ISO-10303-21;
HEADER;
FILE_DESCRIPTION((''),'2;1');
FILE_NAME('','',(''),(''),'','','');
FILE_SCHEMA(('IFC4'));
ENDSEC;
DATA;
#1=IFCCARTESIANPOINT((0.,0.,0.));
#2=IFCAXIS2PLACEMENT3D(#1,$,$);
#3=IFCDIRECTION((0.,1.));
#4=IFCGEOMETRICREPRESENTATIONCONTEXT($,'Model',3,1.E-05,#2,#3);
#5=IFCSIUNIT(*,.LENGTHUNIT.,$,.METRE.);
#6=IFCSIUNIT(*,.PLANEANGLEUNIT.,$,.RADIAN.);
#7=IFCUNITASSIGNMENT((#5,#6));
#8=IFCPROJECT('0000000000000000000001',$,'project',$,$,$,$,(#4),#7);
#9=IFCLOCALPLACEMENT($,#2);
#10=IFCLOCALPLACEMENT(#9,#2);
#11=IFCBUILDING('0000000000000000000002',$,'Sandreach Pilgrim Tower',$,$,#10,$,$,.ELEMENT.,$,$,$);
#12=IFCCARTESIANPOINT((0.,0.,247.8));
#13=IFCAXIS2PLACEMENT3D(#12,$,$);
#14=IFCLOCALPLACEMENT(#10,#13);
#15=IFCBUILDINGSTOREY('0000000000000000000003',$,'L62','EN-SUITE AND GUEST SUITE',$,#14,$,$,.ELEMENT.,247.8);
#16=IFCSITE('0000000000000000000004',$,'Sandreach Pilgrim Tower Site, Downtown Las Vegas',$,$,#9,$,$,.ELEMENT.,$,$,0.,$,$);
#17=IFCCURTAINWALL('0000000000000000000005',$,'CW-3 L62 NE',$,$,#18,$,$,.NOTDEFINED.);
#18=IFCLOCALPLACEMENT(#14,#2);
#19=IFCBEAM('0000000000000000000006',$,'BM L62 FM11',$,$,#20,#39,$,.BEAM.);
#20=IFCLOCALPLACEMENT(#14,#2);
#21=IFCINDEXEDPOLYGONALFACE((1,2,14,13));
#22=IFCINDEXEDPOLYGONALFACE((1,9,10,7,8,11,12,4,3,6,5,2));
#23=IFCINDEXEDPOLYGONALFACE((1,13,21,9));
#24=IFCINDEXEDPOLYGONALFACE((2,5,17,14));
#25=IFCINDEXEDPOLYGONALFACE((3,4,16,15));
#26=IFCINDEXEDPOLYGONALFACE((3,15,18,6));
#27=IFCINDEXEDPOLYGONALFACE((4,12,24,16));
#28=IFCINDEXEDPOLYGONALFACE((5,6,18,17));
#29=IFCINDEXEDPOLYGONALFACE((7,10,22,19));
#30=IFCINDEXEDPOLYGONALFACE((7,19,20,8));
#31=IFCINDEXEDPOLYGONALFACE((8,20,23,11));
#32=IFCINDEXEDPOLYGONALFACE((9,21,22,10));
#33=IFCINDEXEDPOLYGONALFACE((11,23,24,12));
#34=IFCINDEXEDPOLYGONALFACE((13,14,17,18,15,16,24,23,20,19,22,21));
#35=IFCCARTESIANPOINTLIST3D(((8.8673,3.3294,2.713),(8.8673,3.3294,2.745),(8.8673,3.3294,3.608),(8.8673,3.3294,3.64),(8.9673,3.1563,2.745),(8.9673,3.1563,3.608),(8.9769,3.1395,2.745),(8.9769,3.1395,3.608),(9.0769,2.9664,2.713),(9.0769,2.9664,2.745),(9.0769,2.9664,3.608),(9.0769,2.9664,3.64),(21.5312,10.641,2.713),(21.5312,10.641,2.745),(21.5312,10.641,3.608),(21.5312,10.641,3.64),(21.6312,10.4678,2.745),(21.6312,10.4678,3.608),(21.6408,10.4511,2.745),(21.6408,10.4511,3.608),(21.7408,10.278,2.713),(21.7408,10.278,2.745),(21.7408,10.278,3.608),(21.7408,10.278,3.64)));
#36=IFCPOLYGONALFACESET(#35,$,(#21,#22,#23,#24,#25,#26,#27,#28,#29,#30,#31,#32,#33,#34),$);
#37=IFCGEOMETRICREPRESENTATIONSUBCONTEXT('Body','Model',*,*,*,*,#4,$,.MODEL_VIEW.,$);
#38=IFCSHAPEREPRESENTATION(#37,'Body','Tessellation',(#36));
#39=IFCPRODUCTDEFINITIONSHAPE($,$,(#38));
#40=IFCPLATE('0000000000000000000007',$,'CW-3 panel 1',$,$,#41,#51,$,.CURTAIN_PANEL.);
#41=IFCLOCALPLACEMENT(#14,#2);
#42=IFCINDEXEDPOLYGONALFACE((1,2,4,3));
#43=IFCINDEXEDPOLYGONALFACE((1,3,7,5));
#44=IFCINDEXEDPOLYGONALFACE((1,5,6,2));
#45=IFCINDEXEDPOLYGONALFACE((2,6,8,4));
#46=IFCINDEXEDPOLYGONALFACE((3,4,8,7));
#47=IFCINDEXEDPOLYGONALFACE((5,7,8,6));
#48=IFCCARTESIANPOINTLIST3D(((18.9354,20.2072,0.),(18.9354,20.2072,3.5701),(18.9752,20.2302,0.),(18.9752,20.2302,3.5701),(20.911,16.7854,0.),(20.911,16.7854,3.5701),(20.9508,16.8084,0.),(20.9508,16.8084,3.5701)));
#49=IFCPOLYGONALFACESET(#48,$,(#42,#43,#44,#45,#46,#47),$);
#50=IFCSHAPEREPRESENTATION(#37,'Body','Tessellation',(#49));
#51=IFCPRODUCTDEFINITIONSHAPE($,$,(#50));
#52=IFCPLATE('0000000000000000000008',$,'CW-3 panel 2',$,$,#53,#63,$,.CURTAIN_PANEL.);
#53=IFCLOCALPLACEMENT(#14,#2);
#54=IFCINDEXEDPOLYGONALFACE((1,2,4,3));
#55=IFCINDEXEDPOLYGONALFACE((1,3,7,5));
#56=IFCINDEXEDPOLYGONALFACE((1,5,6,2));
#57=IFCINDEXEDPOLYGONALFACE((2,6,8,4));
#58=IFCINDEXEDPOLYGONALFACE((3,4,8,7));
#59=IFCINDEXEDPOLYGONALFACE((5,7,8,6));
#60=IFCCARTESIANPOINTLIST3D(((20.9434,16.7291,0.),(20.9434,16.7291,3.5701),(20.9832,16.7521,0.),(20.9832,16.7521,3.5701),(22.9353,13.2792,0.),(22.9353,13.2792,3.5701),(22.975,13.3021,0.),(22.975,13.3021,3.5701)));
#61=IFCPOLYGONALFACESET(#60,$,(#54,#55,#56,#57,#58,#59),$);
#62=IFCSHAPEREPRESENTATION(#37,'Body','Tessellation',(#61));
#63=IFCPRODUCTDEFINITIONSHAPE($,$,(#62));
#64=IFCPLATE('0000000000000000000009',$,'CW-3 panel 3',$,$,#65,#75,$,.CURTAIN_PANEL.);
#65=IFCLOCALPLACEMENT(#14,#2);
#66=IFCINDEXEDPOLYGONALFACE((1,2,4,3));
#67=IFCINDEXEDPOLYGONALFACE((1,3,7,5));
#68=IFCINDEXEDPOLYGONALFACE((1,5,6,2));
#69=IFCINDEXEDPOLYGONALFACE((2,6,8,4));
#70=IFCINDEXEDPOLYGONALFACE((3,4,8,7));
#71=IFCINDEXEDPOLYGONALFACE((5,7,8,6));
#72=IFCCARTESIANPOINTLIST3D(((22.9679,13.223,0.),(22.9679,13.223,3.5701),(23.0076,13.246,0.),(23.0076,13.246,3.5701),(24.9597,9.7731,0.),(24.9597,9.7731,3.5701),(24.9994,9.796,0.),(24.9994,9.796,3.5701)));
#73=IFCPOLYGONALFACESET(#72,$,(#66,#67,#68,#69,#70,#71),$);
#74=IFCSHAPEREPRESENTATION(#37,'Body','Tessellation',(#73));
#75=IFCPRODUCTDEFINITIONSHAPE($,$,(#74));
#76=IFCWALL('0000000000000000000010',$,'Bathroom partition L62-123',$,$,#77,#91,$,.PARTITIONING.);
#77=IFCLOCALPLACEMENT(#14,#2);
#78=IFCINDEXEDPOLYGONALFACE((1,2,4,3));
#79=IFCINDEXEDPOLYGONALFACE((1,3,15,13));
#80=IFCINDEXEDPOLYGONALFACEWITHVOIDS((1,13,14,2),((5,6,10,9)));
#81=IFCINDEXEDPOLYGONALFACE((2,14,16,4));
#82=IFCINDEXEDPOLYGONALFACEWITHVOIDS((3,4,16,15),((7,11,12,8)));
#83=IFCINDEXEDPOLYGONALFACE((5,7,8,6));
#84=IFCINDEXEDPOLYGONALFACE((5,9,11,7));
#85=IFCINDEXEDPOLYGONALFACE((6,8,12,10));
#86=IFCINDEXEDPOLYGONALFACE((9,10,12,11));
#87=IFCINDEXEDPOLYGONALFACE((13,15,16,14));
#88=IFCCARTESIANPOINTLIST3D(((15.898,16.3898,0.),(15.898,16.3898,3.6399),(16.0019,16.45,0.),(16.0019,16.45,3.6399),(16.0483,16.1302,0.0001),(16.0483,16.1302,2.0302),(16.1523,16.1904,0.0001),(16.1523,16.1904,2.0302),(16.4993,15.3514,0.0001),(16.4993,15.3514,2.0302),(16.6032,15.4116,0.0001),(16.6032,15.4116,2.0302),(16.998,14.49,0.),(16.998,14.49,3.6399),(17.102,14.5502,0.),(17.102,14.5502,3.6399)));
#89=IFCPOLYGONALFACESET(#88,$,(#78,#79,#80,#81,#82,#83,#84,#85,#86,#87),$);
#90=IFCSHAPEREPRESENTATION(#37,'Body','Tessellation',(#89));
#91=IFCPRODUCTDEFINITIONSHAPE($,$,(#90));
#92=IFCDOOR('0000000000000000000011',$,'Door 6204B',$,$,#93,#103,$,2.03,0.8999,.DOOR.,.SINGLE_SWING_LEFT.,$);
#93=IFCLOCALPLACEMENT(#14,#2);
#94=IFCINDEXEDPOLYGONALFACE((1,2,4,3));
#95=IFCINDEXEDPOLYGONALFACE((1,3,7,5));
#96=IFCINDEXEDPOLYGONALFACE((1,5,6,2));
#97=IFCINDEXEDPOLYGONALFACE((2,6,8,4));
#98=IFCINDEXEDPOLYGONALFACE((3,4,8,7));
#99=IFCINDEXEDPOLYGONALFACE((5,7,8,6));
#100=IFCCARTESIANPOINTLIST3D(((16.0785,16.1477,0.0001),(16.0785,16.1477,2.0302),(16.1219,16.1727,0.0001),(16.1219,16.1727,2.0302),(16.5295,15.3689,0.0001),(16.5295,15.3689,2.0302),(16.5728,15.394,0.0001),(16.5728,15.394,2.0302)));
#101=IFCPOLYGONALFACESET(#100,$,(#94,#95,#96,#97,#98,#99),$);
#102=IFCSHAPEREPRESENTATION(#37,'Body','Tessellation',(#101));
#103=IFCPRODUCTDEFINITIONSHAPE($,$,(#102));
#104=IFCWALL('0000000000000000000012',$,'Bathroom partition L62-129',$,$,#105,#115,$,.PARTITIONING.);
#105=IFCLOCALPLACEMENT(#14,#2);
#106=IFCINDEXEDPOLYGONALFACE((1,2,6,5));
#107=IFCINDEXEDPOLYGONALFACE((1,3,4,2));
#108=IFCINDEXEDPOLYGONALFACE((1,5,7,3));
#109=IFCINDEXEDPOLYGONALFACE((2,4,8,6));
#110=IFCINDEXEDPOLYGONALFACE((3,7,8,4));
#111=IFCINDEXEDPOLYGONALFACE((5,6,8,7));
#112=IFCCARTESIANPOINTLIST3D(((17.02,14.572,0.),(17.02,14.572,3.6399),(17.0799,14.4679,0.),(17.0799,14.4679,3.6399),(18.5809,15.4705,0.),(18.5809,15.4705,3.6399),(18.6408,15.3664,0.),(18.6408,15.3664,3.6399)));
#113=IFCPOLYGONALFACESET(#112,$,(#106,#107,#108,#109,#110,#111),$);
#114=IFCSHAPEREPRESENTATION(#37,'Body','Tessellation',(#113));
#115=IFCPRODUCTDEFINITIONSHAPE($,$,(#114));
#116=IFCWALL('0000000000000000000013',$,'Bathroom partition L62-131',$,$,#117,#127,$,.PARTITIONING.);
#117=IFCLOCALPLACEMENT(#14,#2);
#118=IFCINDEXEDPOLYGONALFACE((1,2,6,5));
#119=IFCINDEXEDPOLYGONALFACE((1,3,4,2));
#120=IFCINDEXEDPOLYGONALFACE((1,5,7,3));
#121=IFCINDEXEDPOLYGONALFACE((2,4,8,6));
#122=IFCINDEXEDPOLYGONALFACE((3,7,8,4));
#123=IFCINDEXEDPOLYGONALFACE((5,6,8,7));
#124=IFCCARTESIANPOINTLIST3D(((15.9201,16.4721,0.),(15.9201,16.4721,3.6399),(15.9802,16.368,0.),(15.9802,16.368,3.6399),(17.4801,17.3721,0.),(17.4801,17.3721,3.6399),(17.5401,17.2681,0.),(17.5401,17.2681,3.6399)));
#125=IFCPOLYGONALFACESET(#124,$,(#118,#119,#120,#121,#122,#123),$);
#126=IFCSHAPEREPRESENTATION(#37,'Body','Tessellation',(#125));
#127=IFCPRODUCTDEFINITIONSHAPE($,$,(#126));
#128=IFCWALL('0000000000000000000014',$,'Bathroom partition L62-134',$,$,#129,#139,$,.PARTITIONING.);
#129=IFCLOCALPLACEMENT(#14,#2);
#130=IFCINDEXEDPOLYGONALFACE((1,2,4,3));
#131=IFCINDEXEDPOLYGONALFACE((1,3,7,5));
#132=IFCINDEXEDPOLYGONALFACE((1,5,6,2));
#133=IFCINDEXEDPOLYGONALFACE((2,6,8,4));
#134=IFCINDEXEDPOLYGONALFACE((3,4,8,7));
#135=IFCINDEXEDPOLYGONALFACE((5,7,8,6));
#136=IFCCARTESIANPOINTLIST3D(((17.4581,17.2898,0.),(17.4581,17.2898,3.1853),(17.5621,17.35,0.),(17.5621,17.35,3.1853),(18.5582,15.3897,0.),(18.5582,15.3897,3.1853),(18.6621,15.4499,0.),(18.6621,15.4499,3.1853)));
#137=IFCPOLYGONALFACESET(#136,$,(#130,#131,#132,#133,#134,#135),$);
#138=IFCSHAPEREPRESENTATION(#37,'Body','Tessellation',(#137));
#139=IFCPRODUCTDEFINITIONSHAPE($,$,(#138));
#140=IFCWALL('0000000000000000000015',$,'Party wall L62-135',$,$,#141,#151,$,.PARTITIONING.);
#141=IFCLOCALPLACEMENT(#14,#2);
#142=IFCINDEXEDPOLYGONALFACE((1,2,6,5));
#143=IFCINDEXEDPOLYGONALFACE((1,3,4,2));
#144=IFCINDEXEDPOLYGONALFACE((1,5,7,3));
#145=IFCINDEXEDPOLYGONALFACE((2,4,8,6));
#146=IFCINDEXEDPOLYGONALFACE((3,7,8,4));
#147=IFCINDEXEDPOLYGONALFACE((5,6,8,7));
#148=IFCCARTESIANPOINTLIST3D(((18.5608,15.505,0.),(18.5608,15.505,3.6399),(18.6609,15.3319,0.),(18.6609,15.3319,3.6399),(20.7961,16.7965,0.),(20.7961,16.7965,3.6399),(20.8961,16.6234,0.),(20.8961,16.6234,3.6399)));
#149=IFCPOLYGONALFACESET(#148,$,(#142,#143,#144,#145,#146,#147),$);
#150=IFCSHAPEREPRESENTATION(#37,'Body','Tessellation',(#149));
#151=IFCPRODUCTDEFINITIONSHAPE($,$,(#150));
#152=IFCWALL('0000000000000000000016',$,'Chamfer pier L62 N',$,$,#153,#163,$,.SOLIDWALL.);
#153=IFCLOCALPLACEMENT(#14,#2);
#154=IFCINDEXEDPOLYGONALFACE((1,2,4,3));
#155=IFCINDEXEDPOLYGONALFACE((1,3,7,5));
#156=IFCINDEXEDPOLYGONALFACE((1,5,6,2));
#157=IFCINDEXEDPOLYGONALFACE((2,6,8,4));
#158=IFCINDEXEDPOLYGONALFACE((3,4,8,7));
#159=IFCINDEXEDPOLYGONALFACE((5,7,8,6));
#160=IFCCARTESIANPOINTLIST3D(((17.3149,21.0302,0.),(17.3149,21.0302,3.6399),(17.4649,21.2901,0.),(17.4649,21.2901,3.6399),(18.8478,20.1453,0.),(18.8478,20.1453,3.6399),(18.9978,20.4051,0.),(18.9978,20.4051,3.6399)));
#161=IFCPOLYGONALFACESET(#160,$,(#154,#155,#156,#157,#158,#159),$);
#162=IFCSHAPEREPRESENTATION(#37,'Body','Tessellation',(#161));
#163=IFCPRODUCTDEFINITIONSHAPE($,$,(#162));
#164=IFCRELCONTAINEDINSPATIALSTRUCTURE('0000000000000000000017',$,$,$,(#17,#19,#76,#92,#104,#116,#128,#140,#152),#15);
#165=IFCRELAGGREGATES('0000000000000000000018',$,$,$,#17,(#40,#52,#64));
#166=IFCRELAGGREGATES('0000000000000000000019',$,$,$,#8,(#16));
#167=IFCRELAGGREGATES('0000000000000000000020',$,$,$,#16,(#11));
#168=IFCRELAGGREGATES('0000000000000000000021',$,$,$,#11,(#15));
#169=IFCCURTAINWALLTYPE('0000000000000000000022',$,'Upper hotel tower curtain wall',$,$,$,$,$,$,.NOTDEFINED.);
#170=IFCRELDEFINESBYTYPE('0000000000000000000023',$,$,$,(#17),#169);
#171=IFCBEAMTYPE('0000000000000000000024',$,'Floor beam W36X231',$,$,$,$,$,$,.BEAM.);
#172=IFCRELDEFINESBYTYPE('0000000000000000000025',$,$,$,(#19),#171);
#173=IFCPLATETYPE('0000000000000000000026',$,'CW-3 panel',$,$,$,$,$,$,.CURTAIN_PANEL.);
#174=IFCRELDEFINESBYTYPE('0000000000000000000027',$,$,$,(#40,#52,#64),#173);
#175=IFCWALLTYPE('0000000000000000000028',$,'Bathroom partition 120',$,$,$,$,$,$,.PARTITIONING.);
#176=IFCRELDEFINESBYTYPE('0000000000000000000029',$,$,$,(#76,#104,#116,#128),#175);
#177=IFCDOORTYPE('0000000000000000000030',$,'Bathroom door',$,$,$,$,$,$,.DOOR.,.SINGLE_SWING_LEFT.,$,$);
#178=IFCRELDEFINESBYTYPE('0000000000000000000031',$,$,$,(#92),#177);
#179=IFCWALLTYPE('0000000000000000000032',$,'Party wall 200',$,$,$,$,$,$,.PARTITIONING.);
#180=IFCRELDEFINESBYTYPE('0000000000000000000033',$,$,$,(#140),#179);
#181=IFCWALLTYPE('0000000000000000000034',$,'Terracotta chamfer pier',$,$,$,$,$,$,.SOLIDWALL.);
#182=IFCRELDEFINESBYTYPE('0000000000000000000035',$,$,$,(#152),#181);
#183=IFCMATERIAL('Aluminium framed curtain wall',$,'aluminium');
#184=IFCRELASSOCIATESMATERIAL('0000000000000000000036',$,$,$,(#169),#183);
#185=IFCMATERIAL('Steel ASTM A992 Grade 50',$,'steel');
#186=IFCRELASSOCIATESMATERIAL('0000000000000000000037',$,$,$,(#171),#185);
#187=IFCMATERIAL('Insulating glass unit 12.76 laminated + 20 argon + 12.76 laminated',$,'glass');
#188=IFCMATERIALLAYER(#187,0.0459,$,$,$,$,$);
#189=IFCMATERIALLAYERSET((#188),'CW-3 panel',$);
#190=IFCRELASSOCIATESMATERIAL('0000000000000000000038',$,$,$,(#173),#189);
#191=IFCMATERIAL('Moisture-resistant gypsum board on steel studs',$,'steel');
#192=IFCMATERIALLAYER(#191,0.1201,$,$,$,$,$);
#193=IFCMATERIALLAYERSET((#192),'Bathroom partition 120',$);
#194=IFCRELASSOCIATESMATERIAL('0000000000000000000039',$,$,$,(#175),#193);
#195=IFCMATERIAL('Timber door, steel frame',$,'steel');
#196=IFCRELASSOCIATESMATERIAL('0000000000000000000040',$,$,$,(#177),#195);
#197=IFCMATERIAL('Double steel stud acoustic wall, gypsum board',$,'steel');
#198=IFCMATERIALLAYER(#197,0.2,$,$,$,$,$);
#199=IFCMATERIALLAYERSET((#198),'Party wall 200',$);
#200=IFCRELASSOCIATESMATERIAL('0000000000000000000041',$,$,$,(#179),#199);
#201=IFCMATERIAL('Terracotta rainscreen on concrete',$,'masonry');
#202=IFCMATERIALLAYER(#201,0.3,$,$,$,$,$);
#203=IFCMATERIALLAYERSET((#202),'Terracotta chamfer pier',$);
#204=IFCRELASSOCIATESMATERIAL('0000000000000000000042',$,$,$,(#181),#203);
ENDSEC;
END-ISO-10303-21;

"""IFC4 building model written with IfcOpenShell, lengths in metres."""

from ifc_helpers import new_model, si_unit, direction, frame, frame_2d, origin, origin_2d, place, context, subcontext, project, spatial, rectangle, i_section, extrude, material, layer, layer_set, material_profile, profile_set, type_object, element, fill, aggregate, save


model = new_model("IFC4")

# Units and contexts
model_context = context("Model", 3, precision=1e-05, world=origin(), true_north=direction((0.0, 1.0)))
body_context = subcontext(model_context, "Body", "Model", "MODEL_VIEW")
ifc_project = project(units=[si_unit("LENGTHUNIT", "METRE"), si_unit("PLANEANGLEUNIT", "RADIAN")], contexts=[model_context])

# Site, building, storey
site_placement = place(None, origin())
site = spatial("IfcSite", under=ifc_project, at=site_placement, Name="Sandreach Pilgrim Tower Site, Downtown Las Vegas", CompositionType="ELEMENT", RefElevation=0.0)
building_placement = place(site_placement, origin())
building = spatial("IfcBuilding", under=site, at=building_placement, Name="Sandreach Pilgrim Tower", CompositionType="ELEMENT")
storey_placement = place(building_placement, frame((0.0, 0.0, 247.8)))
storey = spatial("IfcBuildingStorey", under=building, at=storey_placement, Name="L62", Description="EN-SUITE AND GUEST SUITE", CompositionType="ELEMENT", Elevation=247.8)

# Shared definitions
ifc_material_1 = material(Name="Aluminium framed curtain wall", Category="aluminium")
curtain_wall_type = type_object("IfcCurtainWallType", Name="Upper hotel tower curtain wall", PredefinedType="NOTDEFINED", material=ifc_material_1)

# Curtain wall
curtain_wall_1_placement = place(storey_placement, origin())
curtain_wall_1 = element("IfcCurtainWall", 1, at=curtain_wall_1_placement, inside=storey, type_object=curtain_wall_type, Name="CW-3 L62 NE", PredefinedType="NOTDEFINED")

# Beam
ifc_material_2 = material(Name="Steel ASTM A992 Grade 50", Category="steel")
ifc_material_profile_1 = material_profile(ifc_material_2, i_section(OverallWidth=0.4192, OverallDepth=0.927, WebThickness=0.0193, FlangeThickness=0.032, at=origin_2d()), Name="W36X231")
ifc_profile_set_1 = profile_set([ifc_material_profile_1], Name="Steel ASTM A992 Grade 50")
beam_type_1 = type_object("IfcBeamType", Name="Floor beam W36X231", PredefinedType="BEAM", material=ifc_profile_set_1)
beam_1_placement = place(storey_placement, frame((21.636, 10.4595, 3.1765), z_axis=(-0.866023, -0.500003, 0.0), x_axis=(0.500003, -0.866023, 0.0)))
element("IfcBeam", 2, at=beam_1_placement, inside=storey, type_object=beam_type_1, Name="BM L62 FM11", PredefinedType="BEAM", context=body_context, shape_type="SweptSolid", body=[
    extrude(i_section(OverallWidth=0.4192, OverallDepth=0.927, WebThickness=0.0193, FlangeThickness=0.032, at=origin_2d()), origin(), (0.0, 0.0, 1.0), 14.623),
])

# Plates
ifc_material_3 = material(Name="Insulating glass unit 12.76 laminated + 20 argon + 12.76 laminated", Category="glass")
ifc_layer_1 = layer(ifc_material_3, 0.0459)
ifc_layer_set_1 = layer_set([ifc_layer_1], Name="CW-3 panel")
plate_type = type_object("IfcPlateType", Name="CW-3 panel", PredefinedType="CURTAIN_PANEL", material=ifc_layer_set_1)
plate_1_placement = place(storey_placement, frame((19.9431, 18.5078, 0.0), z_axis=(0.0, 0.0, 1.0), x_axis=(0.5, -0.866025, 0.0)))
plate_1 = element("IfcPlate", 3, at=plate_1_placement, type_object=plate_type, Name="CW-3 panel 1", PredefinedType="CURTAIN_PANEL", context=body_context, shape_type="SweptSolid", body=[
    extrude(rectangle(XDim=3.9512, YDim=0.0459, at=origin_2d()), origin(), (0.0, 0.0, 1.0), 3.5701),
])
plate_2_placement = place(storey_placement, frame((21.9592, 15.0156, 0.0), z_axis=(0.0, 0.0, 1.0), x_axis=(0.5, -0.866025, 0.0)))
plate_2 = element("IfcPlate", 4, at=plate_2_placement, type_object=plate_type, Name="CW-3 panel 2", PredefinedType="CURTAIN_PANEL", context=body_context, shape_type="SweptSolid", body=[
    extrude(rectangle(XDim=3.9836, YDim=0.0459, at=origin_2d()), origin(), (0.0, 0.0, 1.0), 3.5701),
])
plate_3_placement = place(storey_placement, frame((23.9836, 11.5095, 0.0), z_axis=(0.0, 0.0, 1.0), x_axis=(0.5, -0.866025, 0.0)))
plate_3 = element("IfcPlate", 5, at=plate_3_placement, type_object=plate_type, Name="CW-3 panel 3", PredefinedType="CURTAIN_PANEL", context=body_context, shape_type="SweptSolid", body=[
    extrude(rectangle(XDim=3.9836, YDim=0.0459, at=origin_2d()), origin(), (0.0, 0.0, 1.0), 3.5701),
])
aggregate(curtain_wall_1, [plate_1, plate_2, plate_3])

# Wall, opening, door
ifc_material_4 = material(Name="Moisture-resistant gypsum board on steel studs", Category="steel")
ifc_layer_2 = layer(ifc_material_4, 0.1201)
ifc_layer_set_2 = layer_set([ifc_layer_2], Name="Bathroom partition 120")
wall_type_1 = type_object("IfcWallType", Name="Bathroom partition 120", PredefinedType="PARTITIONING", material=ifc_layer_set_2)
wall_1_placement = place(storey_placement, frame((15.95, 16.4199, 0.0), z_axis=(0.0, 0.0, 1.0), x_axis=(0.501089, -0.865396, 0.0)))
wall_1 = element("IfcWall", 6, at=wall_1_placement, inside=storey, type_object=wall_type_1, Name="Bathroom partition L62-123", PredefinedType="PARTITIONING", context=body_context, shape_type="SweptSolid", body=[
    extrude(rectangle(XDim=2.1953, YDim=0.1201, at=frame_2d((1.0977, 0.0))), origin(), (0.0, 0.0, 1.0), 3.6399),
])
opening_placement = place(wall_1_placement, frame((0.3, 0.0, 0.0)))
opening = element("IfcOpeningElement", 7, at=opening_placement, cuts=wall_1, PredefinedType="OPENING", context=body_context, shape_type="SweptSolid", body=[
    extrude(rectangle(XDim=0.8999, YDim=2.03, at=frame_2d((0.45, 1.0151))), frame((0.0, 0.0601, 0.0), z_axis=(0.0, -1.0, 0.0), x_axis=(1.0, 0.0, 0.0)), (0.0, 0.0, 1.0), 0.1201),
])
ifc_material_5 = material(Name="Timber door, steel frame", Category="steel")
door_type = type_object("IfcDoorType", Name="Bathroom door", OperationType="SINGLE_SWING_LEFT", PredefinedType="DOOR", material=ifc_material_5)
door_placement = place(opening_placement, origin())
door = element("IfcDoor", 8, at=door_placement, inside=storey, type_object=door_type, Name="Door 6204B", OperationType="SINGLE_SWING_LEFT", OverallHeight=2.03, OverallWidth=0.8999, PredefinedType="DOOR", context=body_context, shape_type="SweptSolid", body=[
    extrude(rectangle(XDim=0.8999, YDim=2.03, at=frame_2d((0.45, 1.0151))), frame((0.0, 0.0249, 0.0), z_axis=(0.0, -1.0, 0.0), x_axis=(1.0, 0.0, 0.0)), (0.0, 0.0, 1.0), 0.05),
])
fill(opening, door)

# Walls
for number, where, z_axis, x_axis, name in (
    (9, (17.05, 14.52, 0.0), (0.0, 0.0, 1.0), (0.86667, 0.498881, 0.0), "Bathroom partition L62-129"),
    (10, (17.51, 17.3201, 0.0), (0.0, 0.0, 1.0), (-0.866159, -0.499769, 0.0), "Bathroom partition L62-131"),
):
    element("IfcWall", number, at=place(storey_placement, frame(where, z_axis=z_axis, x_axis=x_axis)), inside=storey, type_object=wall_type_1, Name=name, PredefinedType="PARTITIONING", context=body_context, shape_type="SweptSolid", body=[
        extrude(rectangle(XDim=1.801, YDim=0.1201, at=frame_2d((0.9004, 0.0))), origin(), (0.0, 0.0, 1.0), 3.6399),
    ])
wall_2_placement = place(storey_placement, frame((18.6101, 15.4199, 0.0), z_axis=(0.0, 0.0, 1.0), x_axis=(-0.501041, 0.865424, 0.0)))
element("IfcWall", 11, at=wall_2_placement, inside=storey, type_object=wall_type_1, Name="Bathroom partition L62-134", PredefinedType="PARTITIONING", context=body_context, shape_type="SweptSolid", body=[
    extrude(rectangle(XDim=2.1956, YDim=0.1201, at=frame_2d((1.0977, 0.0))), origin(), (0.0, 0.0, 1.0), 3.1853),
])
ifc_material_6 = material(Name="Double steel stud acoustic wall, gypsum board", Category="steel")
ifc_layer_3 = layer(ifc_material_6, 0.2)
ifc_layer_set_3 = layer_set([ifc_layer_3], Name="Party wall 200")
wall_type_2 = type_object("IfcWallType", Name="Party wall 200", PredefinedType="PARTITIONING", material=ifc_layer_set_3)
wall_3_placement = place(storey_placement, frame((18.6108, 15.4185, 0.0), z_axis=(0.0, 0.0, 1.0), x_axis=(0.865871, 0.500268, 0.0)))
element("IfcWall", 12, at=wall_3_placement, inside=storey, type_object=wall_type_2, Name="Party wall L62-135", PredefinedType="PARTITIONING", context=body_context, shape_type="SweptSolid", body=[
    extrude(rectangle(XDim=2.5815, YDim=0.2, at=frame_2d((1.2908, 0.0))), origin(), (0.0, 0.0, 1.0), 3.6399),
])
ifc_material_7 = material(Name="Terracotta rainscreen on concrete", Category="masonry")
ifc_layer_4 = layer(ifc_material_7, 0.3)
ifc_layer_set_4 = layer_set([ifc_layer_4], Name="Terracotta chamfer pier")
wall_type_3 = type_object("IfcWallType", Name="Terracotta chamfer pier", PredefinedType="SOLIDWALL", material=ifc_layer_set_4)
wall_4_placement = place(storey_placement, frame((17.3899, 21.1602, 0.0), z_axis=(0.0, 0.0, 1.0), x_axis=(0.866036, -0.499981, 0.0)))
element("IfcWall", 13, at=wall_4_placement, inside=storey, type_object=wall_type_3, Name="Chamfer pier L62 N", PredefinedType="SOLIDWALL", context=body_context, shape_type="SweptSolid", body=[
    extrude(rectangle(XDim=1.77, YDim=0.3, at=frame_2d((0.885, 0.0))), origin(), (0.0, 0.0, 1.0), 3.6399),
])

save(model, "model.ifc")
